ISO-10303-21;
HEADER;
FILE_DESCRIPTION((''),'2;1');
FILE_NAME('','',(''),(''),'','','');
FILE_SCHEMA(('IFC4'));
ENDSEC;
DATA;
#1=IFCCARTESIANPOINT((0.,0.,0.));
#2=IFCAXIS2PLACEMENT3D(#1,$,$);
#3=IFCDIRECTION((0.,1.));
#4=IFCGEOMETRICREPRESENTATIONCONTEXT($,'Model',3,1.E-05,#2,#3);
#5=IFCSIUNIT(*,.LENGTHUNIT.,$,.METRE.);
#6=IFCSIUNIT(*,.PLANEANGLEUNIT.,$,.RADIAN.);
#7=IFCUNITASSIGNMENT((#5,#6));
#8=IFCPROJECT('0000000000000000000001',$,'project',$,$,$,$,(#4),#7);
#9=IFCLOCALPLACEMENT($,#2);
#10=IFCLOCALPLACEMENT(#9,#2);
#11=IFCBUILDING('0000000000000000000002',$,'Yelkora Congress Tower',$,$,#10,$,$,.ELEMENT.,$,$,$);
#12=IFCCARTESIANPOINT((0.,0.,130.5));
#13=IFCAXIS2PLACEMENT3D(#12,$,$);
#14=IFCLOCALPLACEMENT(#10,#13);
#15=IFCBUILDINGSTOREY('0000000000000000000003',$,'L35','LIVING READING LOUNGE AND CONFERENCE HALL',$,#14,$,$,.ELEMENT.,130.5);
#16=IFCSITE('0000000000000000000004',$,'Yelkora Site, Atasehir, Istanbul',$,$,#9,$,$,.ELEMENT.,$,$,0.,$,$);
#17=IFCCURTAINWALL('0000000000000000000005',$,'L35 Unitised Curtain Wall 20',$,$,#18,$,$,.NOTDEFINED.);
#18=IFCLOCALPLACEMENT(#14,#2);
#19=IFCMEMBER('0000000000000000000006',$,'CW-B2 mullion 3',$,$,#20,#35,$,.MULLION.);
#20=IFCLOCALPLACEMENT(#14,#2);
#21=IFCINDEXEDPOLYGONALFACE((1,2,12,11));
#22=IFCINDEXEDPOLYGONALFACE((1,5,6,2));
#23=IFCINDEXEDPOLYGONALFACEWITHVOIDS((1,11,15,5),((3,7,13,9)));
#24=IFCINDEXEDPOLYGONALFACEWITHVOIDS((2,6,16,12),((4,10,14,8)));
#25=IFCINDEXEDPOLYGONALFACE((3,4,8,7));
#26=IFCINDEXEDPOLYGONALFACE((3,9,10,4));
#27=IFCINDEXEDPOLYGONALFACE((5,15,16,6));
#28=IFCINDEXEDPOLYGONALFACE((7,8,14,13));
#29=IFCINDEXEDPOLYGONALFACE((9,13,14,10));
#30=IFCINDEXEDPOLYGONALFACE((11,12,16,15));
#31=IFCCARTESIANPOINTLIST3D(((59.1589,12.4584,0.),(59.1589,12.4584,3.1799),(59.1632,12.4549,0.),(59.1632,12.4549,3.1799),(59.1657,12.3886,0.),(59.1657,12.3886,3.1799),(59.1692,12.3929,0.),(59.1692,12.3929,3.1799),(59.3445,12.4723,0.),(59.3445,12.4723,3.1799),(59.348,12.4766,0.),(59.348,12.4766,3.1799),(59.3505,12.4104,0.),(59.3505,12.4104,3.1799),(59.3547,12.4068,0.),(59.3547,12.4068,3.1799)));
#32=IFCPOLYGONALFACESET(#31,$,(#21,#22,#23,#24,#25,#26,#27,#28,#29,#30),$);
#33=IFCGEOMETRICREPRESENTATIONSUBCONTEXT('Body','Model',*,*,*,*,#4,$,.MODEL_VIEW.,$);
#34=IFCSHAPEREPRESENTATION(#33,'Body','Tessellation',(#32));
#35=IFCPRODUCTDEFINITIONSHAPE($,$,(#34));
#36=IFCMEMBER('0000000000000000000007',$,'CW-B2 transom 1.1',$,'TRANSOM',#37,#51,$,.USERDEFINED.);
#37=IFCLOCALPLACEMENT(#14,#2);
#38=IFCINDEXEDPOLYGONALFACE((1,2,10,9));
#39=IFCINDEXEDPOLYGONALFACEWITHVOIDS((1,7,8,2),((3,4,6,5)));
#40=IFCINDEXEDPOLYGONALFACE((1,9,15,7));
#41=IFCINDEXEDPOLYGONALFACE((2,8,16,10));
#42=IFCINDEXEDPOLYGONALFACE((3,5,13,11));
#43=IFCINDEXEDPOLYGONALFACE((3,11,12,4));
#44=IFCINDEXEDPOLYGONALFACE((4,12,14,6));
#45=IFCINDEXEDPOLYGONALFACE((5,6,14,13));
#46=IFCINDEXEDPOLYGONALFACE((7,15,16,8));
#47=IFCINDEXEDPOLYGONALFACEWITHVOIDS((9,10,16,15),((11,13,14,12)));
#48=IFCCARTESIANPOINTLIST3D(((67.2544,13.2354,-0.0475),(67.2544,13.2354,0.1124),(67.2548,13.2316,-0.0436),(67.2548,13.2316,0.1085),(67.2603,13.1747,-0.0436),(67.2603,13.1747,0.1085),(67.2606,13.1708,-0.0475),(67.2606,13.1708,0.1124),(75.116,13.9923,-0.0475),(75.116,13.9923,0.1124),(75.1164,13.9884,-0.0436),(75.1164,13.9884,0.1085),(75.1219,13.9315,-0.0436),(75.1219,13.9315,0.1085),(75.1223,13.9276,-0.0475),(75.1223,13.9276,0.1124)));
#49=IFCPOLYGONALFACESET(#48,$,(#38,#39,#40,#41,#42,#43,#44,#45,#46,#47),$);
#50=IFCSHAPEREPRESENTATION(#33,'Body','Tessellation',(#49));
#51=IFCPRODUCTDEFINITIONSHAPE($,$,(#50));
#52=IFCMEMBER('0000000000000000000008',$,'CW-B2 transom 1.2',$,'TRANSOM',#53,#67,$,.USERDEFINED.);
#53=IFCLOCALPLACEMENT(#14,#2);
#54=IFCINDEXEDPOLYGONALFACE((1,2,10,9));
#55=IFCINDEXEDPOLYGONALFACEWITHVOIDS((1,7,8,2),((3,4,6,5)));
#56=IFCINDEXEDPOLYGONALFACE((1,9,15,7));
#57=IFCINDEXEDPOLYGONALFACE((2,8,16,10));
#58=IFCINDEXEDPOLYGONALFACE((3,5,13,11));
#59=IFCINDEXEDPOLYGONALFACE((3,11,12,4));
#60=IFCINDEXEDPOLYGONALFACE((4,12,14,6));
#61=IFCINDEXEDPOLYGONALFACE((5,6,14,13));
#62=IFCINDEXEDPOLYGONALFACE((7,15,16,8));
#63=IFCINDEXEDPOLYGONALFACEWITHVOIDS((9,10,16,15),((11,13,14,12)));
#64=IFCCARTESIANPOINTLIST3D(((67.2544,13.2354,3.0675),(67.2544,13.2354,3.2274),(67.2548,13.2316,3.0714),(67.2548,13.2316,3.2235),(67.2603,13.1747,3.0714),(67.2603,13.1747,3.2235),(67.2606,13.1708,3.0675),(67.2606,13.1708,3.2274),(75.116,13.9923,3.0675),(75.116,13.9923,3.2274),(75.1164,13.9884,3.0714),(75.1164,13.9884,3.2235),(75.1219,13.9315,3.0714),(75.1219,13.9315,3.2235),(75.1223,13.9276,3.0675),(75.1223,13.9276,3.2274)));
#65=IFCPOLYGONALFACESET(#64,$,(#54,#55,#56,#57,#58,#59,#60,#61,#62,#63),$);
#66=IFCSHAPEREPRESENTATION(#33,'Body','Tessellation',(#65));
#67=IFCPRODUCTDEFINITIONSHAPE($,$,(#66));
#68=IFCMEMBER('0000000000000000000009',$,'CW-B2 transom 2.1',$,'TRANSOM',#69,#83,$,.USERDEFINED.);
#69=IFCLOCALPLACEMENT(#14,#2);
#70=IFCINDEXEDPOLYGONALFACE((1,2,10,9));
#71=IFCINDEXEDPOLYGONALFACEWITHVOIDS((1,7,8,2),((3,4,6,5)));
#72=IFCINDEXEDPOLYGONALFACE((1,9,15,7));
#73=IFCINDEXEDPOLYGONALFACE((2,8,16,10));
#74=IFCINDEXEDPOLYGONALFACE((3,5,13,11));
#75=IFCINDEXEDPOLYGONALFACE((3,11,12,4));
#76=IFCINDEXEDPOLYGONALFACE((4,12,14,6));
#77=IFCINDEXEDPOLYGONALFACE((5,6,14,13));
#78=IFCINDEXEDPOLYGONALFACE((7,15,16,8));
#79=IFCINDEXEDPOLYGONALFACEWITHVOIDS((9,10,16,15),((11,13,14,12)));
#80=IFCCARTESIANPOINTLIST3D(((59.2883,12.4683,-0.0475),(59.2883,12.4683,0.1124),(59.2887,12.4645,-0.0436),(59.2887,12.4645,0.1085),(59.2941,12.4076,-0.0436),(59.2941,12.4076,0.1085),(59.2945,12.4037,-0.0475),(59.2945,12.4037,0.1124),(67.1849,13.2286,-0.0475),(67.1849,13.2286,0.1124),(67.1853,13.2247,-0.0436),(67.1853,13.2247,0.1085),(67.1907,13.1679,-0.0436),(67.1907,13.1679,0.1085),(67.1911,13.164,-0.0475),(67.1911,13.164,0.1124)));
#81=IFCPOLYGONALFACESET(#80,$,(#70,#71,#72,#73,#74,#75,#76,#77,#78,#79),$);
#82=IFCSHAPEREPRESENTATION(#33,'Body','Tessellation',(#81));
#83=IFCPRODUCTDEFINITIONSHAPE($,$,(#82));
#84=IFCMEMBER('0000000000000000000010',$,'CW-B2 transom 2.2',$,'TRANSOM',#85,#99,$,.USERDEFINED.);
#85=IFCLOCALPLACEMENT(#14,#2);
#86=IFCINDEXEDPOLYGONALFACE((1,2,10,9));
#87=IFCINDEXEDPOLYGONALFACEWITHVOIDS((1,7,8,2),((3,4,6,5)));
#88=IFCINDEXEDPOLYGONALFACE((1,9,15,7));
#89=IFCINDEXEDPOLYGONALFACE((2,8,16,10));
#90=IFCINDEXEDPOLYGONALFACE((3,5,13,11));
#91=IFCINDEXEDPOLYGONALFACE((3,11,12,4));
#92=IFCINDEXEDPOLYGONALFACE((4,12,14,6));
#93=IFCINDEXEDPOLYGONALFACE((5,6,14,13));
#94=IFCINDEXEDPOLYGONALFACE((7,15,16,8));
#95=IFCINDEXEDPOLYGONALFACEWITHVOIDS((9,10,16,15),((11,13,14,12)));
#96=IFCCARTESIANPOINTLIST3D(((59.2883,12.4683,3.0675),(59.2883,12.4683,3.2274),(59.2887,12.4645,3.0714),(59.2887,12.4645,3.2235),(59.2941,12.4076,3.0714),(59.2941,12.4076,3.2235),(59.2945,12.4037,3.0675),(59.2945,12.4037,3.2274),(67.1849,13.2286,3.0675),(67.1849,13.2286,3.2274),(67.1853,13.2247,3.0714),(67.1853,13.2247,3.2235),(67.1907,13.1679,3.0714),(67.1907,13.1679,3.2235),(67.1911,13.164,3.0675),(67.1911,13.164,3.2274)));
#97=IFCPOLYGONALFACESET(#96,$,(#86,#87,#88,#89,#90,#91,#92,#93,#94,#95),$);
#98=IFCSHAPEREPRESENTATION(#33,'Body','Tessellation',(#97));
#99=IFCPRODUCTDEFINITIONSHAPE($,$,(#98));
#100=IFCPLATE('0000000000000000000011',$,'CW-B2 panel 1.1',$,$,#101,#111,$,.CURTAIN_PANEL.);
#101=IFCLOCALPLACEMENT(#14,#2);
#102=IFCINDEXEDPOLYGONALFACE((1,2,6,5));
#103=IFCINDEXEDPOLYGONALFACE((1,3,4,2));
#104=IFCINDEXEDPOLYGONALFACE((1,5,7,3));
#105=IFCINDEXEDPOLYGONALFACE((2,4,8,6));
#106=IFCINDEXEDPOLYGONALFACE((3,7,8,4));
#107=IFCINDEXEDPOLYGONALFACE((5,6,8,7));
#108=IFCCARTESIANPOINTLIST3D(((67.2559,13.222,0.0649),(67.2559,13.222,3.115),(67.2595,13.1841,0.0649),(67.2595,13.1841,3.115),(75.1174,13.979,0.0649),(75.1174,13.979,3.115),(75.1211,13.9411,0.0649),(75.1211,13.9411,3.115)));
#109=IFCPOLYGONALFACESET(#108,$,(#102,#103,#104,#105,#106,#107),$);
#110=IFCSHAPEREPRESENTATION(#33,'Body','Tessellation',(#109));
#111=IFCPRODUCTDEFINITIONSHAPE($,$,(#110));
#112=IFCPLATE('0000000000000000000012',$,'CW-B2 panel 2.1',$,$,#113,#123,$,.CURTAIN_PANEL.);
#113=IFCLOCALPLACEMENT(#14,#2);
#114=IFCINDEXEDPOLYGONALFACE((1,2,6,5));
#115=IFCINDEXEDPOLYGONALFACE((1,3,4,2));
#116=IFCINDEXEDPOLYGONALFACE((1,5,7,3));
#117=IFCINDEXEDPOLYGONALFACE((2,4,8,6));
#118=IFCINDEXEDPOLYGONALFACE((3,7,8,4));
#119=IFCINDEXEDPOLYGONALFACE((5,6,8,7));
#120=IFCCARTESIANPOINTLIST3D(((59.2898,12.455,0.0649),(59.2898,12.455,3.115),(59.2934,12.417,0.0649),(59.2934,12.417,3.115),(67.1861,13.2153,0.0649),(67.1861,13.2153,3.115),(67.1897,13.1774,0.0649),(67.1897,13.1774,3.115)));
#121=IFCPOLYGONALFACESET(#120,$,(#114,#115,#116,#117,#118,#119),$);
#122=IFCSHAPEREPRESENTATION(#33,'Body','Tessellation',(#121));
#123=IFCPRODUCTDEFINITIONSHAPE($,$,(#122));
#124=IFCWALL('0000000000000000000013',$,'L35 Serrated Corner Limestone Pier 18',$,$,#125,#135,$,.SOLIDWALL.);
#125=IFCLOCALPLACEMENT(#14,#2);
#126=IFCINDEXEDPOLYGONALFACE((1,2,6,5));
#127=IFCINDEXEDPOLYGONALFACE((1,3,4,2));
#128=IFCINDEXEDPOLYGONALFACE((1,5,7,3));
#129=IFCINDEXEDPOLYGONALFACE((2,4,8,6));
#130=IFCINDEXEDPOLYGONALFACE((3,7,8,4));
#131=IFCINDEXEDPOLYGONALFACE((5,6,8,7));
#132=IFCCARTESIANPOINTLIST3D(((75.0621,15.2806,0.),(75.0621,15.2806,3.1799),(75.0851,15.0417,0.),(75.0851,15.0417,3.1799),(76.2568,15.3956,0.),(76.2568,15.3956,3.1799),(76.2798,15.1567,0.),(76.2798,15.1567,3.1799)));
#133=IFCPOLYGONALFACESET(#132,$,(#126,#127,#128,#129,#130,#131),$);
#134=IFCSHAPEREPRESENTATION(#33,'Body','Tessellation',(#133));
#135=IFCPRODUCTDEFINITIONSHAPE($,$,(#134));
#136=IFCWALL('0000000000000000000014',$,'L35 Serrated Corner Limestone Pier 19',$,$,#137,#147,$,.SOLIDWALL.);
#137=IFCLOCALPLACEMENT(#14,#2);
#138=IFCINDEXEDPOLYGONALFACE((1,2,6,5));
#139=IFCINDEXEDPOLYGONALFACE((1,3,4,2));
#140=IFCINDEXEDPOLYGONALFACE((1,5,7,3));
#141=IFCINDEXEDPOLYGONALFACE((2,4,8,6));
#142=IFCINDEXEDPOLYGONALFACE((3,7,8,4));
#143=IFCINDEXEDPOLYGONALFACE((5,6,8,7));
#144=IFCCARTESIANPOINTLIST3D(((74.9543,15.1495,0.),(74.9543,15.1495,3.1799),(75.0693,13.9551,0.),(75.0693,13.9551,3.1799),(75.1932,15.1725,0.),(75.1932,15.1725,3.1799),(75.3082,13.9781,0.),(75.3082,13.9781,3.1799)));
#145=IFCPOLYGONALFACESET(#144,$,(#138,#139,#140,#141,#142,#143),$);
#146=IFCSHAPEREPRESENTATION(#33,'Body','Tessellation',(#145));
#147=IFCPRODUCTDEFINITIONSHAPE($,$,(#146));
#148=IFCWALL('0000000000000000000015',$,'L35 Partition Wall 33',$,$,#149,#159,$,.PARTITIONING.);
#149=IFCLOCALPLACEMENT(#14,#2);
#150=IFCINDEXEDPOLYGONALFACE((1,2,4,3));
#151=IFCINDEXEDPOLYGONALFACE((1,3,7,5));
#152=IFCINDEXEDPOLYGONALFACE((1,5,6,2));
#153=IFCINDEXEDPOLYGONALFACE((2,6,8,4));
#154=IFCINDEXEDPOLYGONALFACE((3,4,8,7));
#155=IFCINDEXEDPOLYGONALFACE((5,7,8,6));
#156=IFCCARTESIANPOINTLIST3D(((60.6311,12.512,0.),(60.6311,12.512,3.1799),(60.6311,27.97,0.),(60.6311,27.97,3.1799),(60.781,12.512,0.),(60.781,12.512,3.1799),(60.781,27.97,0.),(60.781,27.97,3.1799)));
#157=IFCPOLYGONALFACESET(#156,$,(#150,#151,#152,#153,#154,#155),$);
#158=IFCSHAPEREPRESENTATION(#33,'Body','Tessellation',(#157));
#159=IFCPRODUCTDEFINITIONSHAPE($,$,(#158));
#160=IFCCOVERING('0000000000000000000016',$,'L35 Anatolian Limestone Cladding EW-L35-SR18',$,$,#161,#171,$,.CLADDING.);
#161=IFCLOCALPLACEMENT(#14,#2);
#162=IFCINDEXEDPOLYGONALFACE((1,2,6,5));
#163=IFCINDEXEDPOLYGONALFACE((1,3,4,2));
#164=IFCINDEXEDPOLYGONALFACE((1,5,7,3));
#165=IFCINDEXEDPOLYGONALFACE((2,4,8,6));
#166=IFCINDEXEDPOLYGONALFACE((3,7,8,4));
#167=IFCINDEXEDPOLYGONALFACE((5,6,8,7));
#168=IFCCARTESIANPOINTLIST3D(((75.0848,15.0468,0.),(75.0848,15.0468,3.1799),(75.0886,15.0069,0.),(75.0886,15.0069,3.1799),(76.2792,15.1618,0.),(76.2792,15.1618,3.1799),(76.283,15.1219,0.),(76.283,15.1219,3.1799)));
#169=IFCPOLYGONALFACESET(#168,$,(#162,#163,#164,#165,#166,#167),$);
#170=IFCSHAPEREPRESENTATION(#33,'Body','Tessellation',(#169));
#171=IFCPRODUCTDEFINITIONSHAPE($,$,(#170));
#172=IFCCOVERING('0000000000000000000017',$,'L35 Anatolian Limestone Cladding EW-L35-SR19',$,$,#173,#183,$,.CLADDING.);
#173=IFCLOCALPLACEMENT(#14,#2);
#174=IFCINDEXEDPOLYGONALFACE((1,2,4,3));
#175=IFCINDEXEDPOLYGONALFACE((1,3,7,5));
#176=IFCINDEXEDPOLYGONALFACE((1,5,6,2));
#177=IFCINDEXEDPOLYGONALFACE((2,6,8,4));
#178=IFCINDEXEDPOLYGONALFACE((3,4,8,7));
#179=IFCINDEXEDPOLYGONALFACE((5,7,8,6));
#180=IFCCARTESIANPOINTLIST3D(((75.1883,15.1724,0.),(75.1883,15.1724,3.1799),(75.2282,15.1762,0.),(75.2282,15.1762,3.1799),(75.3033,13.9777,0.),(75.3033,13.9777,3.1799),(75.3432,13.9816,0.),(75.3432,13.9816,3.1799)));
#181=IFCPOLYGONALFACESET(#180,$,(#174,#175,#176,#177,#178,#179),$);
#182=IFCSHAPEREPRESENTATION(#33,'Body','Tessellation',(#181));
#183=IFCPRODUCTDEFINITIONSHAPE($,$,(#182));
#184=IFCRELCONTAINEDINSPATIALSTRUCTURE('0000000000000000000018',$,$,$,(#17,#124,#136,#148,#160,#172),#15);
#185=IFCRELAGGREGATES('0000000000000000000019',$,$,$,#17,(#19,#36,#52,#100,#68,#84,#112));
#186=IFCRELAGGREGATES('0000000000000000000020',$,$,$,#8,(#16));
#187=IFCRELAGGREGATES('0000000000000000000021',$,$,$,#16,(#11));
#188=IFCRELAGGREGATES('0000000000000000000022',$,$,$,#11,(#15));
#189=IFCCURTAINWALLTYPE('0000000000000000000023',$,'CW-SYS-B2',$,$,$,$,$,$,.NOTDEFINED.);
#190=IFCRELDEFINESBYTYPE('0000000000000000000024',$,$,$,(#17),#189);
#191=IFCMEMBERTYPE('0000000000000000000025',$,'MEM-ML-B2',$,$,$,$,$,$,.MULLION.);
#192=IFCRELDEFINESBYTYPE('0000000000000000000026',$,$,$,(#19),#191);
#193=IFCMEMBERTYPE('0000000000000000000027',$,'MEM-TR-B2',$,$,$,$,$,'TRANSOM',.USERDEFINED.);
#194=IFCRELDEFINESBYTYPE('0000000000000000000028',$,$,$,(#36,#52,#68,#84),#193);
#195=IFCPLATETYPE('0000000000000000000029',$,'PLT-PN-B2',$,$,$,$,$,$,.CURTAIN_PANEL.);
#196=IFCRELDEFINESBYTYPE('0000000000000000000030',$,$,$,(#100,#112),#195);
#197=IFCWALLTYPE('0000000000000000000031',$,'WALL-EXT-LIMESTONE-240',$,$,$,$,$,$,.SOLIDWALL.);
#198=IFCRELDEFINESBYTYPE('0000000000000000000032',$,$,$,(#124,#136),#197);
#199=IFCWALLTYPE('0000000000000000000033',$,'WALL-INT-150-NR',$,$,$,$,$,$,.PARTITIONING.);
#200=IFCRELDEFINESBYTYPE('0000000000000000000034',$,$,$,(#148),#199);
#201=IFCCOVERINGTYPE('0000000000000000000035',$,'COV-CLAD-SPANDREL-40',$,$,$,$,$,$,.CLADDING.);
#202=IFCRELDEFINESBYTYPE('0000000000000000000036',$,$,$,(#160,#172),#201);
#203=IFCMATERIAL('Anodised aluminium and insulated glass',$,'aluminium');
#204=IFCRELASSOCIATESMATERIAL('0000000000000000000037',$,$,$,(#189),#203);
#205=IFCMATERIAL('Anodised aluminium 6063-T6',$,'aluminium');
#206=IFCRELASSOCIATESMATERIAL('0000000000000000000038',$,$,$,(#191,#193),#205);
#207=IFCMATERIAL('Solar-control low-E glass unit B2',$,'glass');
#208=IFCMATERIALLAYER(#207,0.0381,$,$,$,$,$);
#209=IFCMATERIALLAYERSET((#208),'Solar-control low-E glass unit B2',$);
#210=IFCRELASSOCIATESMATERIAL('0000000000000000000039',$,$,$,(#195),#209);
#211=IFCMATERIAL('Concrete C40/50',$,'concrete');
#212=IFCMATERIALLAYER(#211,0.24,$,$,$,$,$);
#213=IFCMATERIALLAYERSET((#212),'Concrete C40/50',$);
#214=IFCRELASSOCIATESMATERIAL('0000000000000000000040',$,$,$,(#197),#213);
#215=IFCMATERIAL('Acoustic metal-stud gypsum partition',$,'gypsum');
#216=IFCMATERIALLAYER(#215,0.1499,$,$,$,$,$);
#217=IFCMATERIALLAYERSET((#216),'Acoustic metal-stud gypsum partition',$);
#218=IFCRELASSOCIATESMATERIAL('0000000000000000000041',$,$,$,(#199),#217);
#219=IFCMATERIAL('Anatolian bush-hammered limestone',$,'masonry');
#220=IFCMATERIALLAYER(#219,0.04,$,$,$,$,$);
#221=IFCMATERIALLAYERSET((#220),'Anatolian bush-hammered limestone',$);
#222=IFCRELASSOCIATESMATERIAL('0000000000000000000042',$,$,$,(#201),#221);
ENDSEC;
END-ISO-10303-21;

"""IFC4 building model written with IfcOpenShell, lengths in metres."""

from ifc_helpers import new_model, si_unit, direction, frame, frame_2d, origin, origin_2d, place, context, subcontext, project, spatial, rectangle, hollow_rectangle, extrude, material, layer, layer_set, material_profile, profile_set, type_object, element, aggregate, save


model = new_model("IFC4")

# Units and contexts
model_context = context("Model", 3, precision=1e-05, world=origin(), true_north=direction((0.0, 1.0)))
body_context = subcontext(model_context, "Body", "Model", "MODEL_VIEW")
ifc_project = project(units=[si_unit("LENGTHUNIT", "METRE"), si_unit("PLANEANGLEUNIT", "RADIAN")], contexts=[model_context])

# Site, building, storey
site_placement = place(None, origin())
site = spatial("IfcSite", under=ifc_project, at=site_placement, Name="Yelkora Site, Atasehir, Istanbul", CompositionType="ELEMENT", RefElevation=0.0)
building_placement = place(site_placement, origin())
building = spatial("IfcBuilding", under=site, at=building_placement, Name="Yelkora Congress Tower", CompositionType="ELEMENT")
storey_placement = place(building_placement, frame((0.0, 0.0, 130.5)))
storey = spatial("IfcBuildingStorey", under=building, at=storey_placement, Name="L35", Description="LIVING READING LOUNGE AND CONFERENCE HALL", CompositionType="ELEMENT", Elevation=130.5)

# Curtain wall, members, plates
ifc_material_1 = material(Name="Anodised aluminium and insulated glass", Category="aluminium")
curtain_wall_type = type_object("IfcCurtainWallType", Name="CW-SYS-B2", PredefinedType="NOTDEFINED", material=ifc_material_1)
curtain_wall_placement = place(storey_placement, origin())
curtain_wall = element("IfcCurtainWall", 1, at=curtain_wall_placement, inside=storey, type_object=curtain_wall_type, Name="L35 Unitised Curtain Wall 20", PredefinedType="NOTDEFINED")
ifc_material_2 = material(Name="Anodised aluminium 6063-T6", Category="aluminium")
ifc_material_profile_1 = material_profile(ifc_material_2, hollow_rectangle(XDim=0.0701, YDim=0.1899, WallThickness=0.0039, at=origin_2d()), Name="ALU 70x190x4")
ifc_profile_set_1 = profile_set([ifc_material_profile_1], Name="Anodised aluminium 6063-T6")
member_type_1 = type_object("IfcMemberType", Name="MEM-ML-B2", PredefinedType="MULLION", material=ifc_profile_set_1)
member_1_placement = place(storey_placement, frame((59.2568, 12.4326, 0.0), z_axis=(0.0, 0.0, 1.0), x_axis=(0.095844, -0.995396, 0.0)))
member_1 = element("IfcMember", 2, at=member_1_placement, type_object=member_type_1, Name="CW-B2 mullion 3", PredefinedType="MULLION", context=body_context, shape_type="SweptSolid", body=[
    extrude(hollow_rectangle(XDim=0.0701, YDim=0.1899, WallThickness=0.0039, at=origin_2d()), origin(), (0.0, 0.0, 1.0), 3.1799),
])
ifc_material_profile_2 = material_profile(ifc_material_2, hollow_rectangle(XDim=0.0649, YDim=0.1599, WallThickness=0.0039, at=origin_2d()), Name="ALU 65x160x4")
ifc_profile_set_2 = profile_set([ifc_material_profile_2], Name="Anodised aluminium 6063-T6")
member_type_2 = type_object("IfcMemberType", Name="MEM-TR-B2", ElementType="TRANSOM", PredefinedType="USERDEFINED", material=ifc_profile_set_2)
member_2_placement = place(storey_placement, frame((75.1191, 13.96, 0.0325), z_axis=(-0.995398, -0.095827, 0.0), x_axis=(0.095827, -0.995398, 0.0)))
member_2 = element("IfcMember", 3, at=member_2_placement, type_object=member_type_2, Name="CW-B2 transom 1.1", ObjectType="TRANSOM", PredefinedType="USERDEFINED", context=body_context, shape_type="SweptSolid", body=[
    extrude(hollow_rectangle(XDim=0.0649, YDim=0.1599, WallThickness=0.0039, at=origin_2d()), origin(), (0.0, 0.0, 1.0), 7.8979),
])
member_3_placement = place(storey_placement, frame((75.1191, 13.96, 3.1475), z_axis=(-0.995398, -0.095827, 0.0), x_axis=(0.095827, -0.995398, 0.0)))
member_3 = element("IfcMember", 4, at=member_3_placement, type_object=member_type_2, Name="CW-B2 transom 1.2", ObjectType="TRANSOM", PredefinedType="USERDEFINED", context=body_context, shape_type="SweptSolid", body=[
    extrude(hollow_rectangle(XDim=0.0649, YDim=0.1599, WallThickness=0.0039, at=origin_2d()), origin(), (0.0, 0.0, 1.0), 7.8979),
])
member_4_placement = place(storey_placement, frame((67.188, 13.1963, 0.0325), z_axis=(-0.995397, -0.095834, 0.0), x_axis=(0.095834, -0.995397, 0.0)))
member_4 = element("IfcMember", 5, at=member_4_placement, type_object=member_type_2, Name="CW-B2 transom 2.1", ObjectType="TRANSOM", PredefinedType="USERDEFINED", context=body_context, shape_type="SweptSolid", body=[
    extrude(hollow_rectangle(XDim=0.0649, YDim=0.1599, WallThickness=0.0039, at=origin_2d()), origin(), (0.0, 0.0, 1.0), 7.9331),
])
member_5_placement = place(storey_placement, frame((67.188, 13.1963, 3.1475), z_axis=(-0.995397, -0.095834, 0.0), x_axis=(0.095834, -0.995397, 0.0)))
member_5 = element("IfcMember", 6, at=member_5_placement, type_object=member_type_2, Name="CW-B2 transom 2.2", ObjectType="TRANSOM", PredefinedType="USERDEFINED", context=body_context, shape_type="SweptSolid", body=[
    extrude(hollow_rectangle(XDim=0.0649, YDim=0.1599, WallThickness=0.0039, at=origin_2d()), origin(), (0.0, 0.0, 1.0), 7.9331),
])
ifc_material_3 = material(Name="Solar-control low-E glass unit B2", Category="glass")
ifc_layer_1 = layer(ifc_material_3, 0.0381)
ifc_layer_set_1 = layer_set([ifc_layer_1], Name="Solar-control low-E glass unit B2")
plate_type = type_object("IfcPlateType", Name="PLT-PN-B2", PredefinedType="CURTAIN_PANEL", material=ifc_layer_set_1)
plate_1_placement = place(storey_placement, frame((71.1885, 13.5815, 0.0649), z_axis=(0.0, 0.0, 1.0), x_axis=(-0.995396, -0.095844, 0.0)))
plate_1 = element("IfcPlate", 7, at=plate_1_placement, type_object=plate_type, Name="CW-B2 panel 1.1", PredefinedType="CURTAIN_PANEL", context=body_context, shape_type="SweptSolid", body=[
    extrude(rectangle(XDim=7.8979, YDim=0.0381, at=origin_2d()), origin(), (0.0, 0.0, 1.0), 3.05),
])
plate_2_placement = place(storey_placement, frame((63.2397, 12.8162, 0.0649), z_axis=(0.0, 0.0, 1.0), x_axis=(-0.995396, -0.095844, 0.0)))
plate_2 = element("IfcPlate", 8, at=plate_2_placement, type_object=plate_type, Name="CW-B2 panel 2.1", PredefinedType="CURTAIN_PANEL", context=body_context, shape_type="SweptSolid", body=[
    extrude(rectangle(XDim=7.9329, YDim=0.0381, at=origin_2d()), origin(), (0.0, 0.0, 1.0), 3.05),
])
aggregate(curtain_wall, [member_1, member_2, member_3, plate_1, member_4, member_5, plate_2])

# Walls
ifc_material_4 = material(Name="Concrete C40/50", Category="concrete")
ifc_layer_2 = layer(ifc_material_4, 0.24)
ifc_layer_set_2 = layer_set([ifc_layer_2], Name="Concrete C40/50")
wall_type_1 = type_object("IfcWallType", Name="WALL-EXT-LIMESTONE-240", PredefinedType="SOLIDWALL", material=ifc_layer_set_2)
wall_1_placement = place(storey_placement, frame((76.2683, 15.2761, 0.0), z_axis=(0.0, 0.0, 1.0), x_axis=(-0.995399, -0.095817, 0.0)))
element("IfcWall", 9, at=wall_1_placement, inside=storey, type_object=wall_type_1, Name="L35 Serrated Corner Limestone Pier 18", PredefinedType="SOLIDWALL", context=body_context, shape_type="SweptSolid", body=[
    extrude(rectangle(XDim=1.2002, YDim=0.24, at=frame_2d((0.6001, 0.0))), origin(), (0.0, 0.0, 1.0), 3.1799),
])
wall_2_placement = place(storey_placement, frame((75.0737, 15.1611, 0.0), z_axis=(0.0, 0.0, 1.0), x_axis=(0.095836, -0.995397, 0.0)))
element("IfcWall", 10, at=wall_2_placement, inside=storey, type_object=wall_type_1, Name="L35 Serrated Corner Limestone Pier 19", PredefinedType="SOLIDWALL", context=body_context, shape_type="SweptSolid", body=[
    extrude(rectangle(XDim=1.2, YDim=0.24, at=frame_2d((0.6001, 0.0))), origin(), (0.0, 0.0, 1.0), 3.1799),
])
ifc_material_5 = material(Name="Acoustic metal-stud gypsum partition", Category="gypsum")
ifc_layer_3 = layer(ifc_material_5, 0.1499)
ifc_layer_set_3 = layer_set([ifc_layer_3], Name="Acoustic metal-stud gypsum partition")
wall_type_2 = type_object("IfcWallType", Name="WALL-INT-150-NR", PredefinedType="PARTITIONING", material=ifc_layer_set_3)
wall_3_placement = place(storey_placement, frame((60.7061, 12.512, 0.0), z_axis=(0.0, 0.0, 1.0), x_axis=(0.0, 1.0, 0.0)))
element("IfcWall", 11, at=wall_3_placement, inside=storey, type_object=wall_type_2, Name="L35 Partition Wall 33", PredefinedType="PARTITIONING", context=body_context, shape_type="SweptSolid", body=[
    extrude(rectangle(XDim=15.458, YDim=0.1499, at=frame_2d((7.729, 0.0))), origin(), (0.0, 0.0, 1.0), 3.1799),
])

# Coverings
ifc_material_6 = material(Name="Anatolian bush-hammered limestone", Category="masonry")
ifc_layer_4 = layer(ifc_material_6, 0.04)
ifc_layer_set_4 = layer_set([ifc_layer_4], Name="Anatolian bush-hammered limestone")
covering_type = type_object("IfcCoveringType", Name="COV-CLAD-SPANDREL-40", PredefinedType="CLADDING", material=ifc_layer_set_4)
covering_1_placement = place(storey_placement, frame((76.2812, 15.1418, 0.0), z_axis=(0.0, 0.0, 1.0), x_axis=(-0.995397, -0.095836, 0.0)))
element("IfcCovering", 12, at=covering_1_placement, inside=storey, type_object=covering_type, Name="L35 Anatolian Limestone Cladding EW-L35-SR18", PredefinedType="CLADDING", context=body_context, shape_type="SweptSolid", body=[
    extrude(rectangle(XDim=1.2, YDim=0.04, at=frame_2d((0.6001, 0.0))), origin(), (0.0, 0.0, 1.0), 3.1799),
])
covering_2_placement = place(storey_placement, frame((75.2083, 15.1743, 0.0), z_axis=(0.0, 0.0, 1.0), x_axis=(0.095817, -0.995399, 0.0)))
element("IfcCovering", 13, at=covering_2_placement, inside=storey, type_object=covering_type, Name="L35 Anatolian Limestone Cladding EW-L35-SR19", PredefinedType="CLADDING", context=body_context, shape_type="SweptSolid", body=[
    extrude(rectangle(XDim=1.2002, YDim=0.04, at=frame_2d((0.6001, 0.0))), origin(), (0.0, 0.0, 1.0), 3.1799),
])

save(model, "model.ifc")
